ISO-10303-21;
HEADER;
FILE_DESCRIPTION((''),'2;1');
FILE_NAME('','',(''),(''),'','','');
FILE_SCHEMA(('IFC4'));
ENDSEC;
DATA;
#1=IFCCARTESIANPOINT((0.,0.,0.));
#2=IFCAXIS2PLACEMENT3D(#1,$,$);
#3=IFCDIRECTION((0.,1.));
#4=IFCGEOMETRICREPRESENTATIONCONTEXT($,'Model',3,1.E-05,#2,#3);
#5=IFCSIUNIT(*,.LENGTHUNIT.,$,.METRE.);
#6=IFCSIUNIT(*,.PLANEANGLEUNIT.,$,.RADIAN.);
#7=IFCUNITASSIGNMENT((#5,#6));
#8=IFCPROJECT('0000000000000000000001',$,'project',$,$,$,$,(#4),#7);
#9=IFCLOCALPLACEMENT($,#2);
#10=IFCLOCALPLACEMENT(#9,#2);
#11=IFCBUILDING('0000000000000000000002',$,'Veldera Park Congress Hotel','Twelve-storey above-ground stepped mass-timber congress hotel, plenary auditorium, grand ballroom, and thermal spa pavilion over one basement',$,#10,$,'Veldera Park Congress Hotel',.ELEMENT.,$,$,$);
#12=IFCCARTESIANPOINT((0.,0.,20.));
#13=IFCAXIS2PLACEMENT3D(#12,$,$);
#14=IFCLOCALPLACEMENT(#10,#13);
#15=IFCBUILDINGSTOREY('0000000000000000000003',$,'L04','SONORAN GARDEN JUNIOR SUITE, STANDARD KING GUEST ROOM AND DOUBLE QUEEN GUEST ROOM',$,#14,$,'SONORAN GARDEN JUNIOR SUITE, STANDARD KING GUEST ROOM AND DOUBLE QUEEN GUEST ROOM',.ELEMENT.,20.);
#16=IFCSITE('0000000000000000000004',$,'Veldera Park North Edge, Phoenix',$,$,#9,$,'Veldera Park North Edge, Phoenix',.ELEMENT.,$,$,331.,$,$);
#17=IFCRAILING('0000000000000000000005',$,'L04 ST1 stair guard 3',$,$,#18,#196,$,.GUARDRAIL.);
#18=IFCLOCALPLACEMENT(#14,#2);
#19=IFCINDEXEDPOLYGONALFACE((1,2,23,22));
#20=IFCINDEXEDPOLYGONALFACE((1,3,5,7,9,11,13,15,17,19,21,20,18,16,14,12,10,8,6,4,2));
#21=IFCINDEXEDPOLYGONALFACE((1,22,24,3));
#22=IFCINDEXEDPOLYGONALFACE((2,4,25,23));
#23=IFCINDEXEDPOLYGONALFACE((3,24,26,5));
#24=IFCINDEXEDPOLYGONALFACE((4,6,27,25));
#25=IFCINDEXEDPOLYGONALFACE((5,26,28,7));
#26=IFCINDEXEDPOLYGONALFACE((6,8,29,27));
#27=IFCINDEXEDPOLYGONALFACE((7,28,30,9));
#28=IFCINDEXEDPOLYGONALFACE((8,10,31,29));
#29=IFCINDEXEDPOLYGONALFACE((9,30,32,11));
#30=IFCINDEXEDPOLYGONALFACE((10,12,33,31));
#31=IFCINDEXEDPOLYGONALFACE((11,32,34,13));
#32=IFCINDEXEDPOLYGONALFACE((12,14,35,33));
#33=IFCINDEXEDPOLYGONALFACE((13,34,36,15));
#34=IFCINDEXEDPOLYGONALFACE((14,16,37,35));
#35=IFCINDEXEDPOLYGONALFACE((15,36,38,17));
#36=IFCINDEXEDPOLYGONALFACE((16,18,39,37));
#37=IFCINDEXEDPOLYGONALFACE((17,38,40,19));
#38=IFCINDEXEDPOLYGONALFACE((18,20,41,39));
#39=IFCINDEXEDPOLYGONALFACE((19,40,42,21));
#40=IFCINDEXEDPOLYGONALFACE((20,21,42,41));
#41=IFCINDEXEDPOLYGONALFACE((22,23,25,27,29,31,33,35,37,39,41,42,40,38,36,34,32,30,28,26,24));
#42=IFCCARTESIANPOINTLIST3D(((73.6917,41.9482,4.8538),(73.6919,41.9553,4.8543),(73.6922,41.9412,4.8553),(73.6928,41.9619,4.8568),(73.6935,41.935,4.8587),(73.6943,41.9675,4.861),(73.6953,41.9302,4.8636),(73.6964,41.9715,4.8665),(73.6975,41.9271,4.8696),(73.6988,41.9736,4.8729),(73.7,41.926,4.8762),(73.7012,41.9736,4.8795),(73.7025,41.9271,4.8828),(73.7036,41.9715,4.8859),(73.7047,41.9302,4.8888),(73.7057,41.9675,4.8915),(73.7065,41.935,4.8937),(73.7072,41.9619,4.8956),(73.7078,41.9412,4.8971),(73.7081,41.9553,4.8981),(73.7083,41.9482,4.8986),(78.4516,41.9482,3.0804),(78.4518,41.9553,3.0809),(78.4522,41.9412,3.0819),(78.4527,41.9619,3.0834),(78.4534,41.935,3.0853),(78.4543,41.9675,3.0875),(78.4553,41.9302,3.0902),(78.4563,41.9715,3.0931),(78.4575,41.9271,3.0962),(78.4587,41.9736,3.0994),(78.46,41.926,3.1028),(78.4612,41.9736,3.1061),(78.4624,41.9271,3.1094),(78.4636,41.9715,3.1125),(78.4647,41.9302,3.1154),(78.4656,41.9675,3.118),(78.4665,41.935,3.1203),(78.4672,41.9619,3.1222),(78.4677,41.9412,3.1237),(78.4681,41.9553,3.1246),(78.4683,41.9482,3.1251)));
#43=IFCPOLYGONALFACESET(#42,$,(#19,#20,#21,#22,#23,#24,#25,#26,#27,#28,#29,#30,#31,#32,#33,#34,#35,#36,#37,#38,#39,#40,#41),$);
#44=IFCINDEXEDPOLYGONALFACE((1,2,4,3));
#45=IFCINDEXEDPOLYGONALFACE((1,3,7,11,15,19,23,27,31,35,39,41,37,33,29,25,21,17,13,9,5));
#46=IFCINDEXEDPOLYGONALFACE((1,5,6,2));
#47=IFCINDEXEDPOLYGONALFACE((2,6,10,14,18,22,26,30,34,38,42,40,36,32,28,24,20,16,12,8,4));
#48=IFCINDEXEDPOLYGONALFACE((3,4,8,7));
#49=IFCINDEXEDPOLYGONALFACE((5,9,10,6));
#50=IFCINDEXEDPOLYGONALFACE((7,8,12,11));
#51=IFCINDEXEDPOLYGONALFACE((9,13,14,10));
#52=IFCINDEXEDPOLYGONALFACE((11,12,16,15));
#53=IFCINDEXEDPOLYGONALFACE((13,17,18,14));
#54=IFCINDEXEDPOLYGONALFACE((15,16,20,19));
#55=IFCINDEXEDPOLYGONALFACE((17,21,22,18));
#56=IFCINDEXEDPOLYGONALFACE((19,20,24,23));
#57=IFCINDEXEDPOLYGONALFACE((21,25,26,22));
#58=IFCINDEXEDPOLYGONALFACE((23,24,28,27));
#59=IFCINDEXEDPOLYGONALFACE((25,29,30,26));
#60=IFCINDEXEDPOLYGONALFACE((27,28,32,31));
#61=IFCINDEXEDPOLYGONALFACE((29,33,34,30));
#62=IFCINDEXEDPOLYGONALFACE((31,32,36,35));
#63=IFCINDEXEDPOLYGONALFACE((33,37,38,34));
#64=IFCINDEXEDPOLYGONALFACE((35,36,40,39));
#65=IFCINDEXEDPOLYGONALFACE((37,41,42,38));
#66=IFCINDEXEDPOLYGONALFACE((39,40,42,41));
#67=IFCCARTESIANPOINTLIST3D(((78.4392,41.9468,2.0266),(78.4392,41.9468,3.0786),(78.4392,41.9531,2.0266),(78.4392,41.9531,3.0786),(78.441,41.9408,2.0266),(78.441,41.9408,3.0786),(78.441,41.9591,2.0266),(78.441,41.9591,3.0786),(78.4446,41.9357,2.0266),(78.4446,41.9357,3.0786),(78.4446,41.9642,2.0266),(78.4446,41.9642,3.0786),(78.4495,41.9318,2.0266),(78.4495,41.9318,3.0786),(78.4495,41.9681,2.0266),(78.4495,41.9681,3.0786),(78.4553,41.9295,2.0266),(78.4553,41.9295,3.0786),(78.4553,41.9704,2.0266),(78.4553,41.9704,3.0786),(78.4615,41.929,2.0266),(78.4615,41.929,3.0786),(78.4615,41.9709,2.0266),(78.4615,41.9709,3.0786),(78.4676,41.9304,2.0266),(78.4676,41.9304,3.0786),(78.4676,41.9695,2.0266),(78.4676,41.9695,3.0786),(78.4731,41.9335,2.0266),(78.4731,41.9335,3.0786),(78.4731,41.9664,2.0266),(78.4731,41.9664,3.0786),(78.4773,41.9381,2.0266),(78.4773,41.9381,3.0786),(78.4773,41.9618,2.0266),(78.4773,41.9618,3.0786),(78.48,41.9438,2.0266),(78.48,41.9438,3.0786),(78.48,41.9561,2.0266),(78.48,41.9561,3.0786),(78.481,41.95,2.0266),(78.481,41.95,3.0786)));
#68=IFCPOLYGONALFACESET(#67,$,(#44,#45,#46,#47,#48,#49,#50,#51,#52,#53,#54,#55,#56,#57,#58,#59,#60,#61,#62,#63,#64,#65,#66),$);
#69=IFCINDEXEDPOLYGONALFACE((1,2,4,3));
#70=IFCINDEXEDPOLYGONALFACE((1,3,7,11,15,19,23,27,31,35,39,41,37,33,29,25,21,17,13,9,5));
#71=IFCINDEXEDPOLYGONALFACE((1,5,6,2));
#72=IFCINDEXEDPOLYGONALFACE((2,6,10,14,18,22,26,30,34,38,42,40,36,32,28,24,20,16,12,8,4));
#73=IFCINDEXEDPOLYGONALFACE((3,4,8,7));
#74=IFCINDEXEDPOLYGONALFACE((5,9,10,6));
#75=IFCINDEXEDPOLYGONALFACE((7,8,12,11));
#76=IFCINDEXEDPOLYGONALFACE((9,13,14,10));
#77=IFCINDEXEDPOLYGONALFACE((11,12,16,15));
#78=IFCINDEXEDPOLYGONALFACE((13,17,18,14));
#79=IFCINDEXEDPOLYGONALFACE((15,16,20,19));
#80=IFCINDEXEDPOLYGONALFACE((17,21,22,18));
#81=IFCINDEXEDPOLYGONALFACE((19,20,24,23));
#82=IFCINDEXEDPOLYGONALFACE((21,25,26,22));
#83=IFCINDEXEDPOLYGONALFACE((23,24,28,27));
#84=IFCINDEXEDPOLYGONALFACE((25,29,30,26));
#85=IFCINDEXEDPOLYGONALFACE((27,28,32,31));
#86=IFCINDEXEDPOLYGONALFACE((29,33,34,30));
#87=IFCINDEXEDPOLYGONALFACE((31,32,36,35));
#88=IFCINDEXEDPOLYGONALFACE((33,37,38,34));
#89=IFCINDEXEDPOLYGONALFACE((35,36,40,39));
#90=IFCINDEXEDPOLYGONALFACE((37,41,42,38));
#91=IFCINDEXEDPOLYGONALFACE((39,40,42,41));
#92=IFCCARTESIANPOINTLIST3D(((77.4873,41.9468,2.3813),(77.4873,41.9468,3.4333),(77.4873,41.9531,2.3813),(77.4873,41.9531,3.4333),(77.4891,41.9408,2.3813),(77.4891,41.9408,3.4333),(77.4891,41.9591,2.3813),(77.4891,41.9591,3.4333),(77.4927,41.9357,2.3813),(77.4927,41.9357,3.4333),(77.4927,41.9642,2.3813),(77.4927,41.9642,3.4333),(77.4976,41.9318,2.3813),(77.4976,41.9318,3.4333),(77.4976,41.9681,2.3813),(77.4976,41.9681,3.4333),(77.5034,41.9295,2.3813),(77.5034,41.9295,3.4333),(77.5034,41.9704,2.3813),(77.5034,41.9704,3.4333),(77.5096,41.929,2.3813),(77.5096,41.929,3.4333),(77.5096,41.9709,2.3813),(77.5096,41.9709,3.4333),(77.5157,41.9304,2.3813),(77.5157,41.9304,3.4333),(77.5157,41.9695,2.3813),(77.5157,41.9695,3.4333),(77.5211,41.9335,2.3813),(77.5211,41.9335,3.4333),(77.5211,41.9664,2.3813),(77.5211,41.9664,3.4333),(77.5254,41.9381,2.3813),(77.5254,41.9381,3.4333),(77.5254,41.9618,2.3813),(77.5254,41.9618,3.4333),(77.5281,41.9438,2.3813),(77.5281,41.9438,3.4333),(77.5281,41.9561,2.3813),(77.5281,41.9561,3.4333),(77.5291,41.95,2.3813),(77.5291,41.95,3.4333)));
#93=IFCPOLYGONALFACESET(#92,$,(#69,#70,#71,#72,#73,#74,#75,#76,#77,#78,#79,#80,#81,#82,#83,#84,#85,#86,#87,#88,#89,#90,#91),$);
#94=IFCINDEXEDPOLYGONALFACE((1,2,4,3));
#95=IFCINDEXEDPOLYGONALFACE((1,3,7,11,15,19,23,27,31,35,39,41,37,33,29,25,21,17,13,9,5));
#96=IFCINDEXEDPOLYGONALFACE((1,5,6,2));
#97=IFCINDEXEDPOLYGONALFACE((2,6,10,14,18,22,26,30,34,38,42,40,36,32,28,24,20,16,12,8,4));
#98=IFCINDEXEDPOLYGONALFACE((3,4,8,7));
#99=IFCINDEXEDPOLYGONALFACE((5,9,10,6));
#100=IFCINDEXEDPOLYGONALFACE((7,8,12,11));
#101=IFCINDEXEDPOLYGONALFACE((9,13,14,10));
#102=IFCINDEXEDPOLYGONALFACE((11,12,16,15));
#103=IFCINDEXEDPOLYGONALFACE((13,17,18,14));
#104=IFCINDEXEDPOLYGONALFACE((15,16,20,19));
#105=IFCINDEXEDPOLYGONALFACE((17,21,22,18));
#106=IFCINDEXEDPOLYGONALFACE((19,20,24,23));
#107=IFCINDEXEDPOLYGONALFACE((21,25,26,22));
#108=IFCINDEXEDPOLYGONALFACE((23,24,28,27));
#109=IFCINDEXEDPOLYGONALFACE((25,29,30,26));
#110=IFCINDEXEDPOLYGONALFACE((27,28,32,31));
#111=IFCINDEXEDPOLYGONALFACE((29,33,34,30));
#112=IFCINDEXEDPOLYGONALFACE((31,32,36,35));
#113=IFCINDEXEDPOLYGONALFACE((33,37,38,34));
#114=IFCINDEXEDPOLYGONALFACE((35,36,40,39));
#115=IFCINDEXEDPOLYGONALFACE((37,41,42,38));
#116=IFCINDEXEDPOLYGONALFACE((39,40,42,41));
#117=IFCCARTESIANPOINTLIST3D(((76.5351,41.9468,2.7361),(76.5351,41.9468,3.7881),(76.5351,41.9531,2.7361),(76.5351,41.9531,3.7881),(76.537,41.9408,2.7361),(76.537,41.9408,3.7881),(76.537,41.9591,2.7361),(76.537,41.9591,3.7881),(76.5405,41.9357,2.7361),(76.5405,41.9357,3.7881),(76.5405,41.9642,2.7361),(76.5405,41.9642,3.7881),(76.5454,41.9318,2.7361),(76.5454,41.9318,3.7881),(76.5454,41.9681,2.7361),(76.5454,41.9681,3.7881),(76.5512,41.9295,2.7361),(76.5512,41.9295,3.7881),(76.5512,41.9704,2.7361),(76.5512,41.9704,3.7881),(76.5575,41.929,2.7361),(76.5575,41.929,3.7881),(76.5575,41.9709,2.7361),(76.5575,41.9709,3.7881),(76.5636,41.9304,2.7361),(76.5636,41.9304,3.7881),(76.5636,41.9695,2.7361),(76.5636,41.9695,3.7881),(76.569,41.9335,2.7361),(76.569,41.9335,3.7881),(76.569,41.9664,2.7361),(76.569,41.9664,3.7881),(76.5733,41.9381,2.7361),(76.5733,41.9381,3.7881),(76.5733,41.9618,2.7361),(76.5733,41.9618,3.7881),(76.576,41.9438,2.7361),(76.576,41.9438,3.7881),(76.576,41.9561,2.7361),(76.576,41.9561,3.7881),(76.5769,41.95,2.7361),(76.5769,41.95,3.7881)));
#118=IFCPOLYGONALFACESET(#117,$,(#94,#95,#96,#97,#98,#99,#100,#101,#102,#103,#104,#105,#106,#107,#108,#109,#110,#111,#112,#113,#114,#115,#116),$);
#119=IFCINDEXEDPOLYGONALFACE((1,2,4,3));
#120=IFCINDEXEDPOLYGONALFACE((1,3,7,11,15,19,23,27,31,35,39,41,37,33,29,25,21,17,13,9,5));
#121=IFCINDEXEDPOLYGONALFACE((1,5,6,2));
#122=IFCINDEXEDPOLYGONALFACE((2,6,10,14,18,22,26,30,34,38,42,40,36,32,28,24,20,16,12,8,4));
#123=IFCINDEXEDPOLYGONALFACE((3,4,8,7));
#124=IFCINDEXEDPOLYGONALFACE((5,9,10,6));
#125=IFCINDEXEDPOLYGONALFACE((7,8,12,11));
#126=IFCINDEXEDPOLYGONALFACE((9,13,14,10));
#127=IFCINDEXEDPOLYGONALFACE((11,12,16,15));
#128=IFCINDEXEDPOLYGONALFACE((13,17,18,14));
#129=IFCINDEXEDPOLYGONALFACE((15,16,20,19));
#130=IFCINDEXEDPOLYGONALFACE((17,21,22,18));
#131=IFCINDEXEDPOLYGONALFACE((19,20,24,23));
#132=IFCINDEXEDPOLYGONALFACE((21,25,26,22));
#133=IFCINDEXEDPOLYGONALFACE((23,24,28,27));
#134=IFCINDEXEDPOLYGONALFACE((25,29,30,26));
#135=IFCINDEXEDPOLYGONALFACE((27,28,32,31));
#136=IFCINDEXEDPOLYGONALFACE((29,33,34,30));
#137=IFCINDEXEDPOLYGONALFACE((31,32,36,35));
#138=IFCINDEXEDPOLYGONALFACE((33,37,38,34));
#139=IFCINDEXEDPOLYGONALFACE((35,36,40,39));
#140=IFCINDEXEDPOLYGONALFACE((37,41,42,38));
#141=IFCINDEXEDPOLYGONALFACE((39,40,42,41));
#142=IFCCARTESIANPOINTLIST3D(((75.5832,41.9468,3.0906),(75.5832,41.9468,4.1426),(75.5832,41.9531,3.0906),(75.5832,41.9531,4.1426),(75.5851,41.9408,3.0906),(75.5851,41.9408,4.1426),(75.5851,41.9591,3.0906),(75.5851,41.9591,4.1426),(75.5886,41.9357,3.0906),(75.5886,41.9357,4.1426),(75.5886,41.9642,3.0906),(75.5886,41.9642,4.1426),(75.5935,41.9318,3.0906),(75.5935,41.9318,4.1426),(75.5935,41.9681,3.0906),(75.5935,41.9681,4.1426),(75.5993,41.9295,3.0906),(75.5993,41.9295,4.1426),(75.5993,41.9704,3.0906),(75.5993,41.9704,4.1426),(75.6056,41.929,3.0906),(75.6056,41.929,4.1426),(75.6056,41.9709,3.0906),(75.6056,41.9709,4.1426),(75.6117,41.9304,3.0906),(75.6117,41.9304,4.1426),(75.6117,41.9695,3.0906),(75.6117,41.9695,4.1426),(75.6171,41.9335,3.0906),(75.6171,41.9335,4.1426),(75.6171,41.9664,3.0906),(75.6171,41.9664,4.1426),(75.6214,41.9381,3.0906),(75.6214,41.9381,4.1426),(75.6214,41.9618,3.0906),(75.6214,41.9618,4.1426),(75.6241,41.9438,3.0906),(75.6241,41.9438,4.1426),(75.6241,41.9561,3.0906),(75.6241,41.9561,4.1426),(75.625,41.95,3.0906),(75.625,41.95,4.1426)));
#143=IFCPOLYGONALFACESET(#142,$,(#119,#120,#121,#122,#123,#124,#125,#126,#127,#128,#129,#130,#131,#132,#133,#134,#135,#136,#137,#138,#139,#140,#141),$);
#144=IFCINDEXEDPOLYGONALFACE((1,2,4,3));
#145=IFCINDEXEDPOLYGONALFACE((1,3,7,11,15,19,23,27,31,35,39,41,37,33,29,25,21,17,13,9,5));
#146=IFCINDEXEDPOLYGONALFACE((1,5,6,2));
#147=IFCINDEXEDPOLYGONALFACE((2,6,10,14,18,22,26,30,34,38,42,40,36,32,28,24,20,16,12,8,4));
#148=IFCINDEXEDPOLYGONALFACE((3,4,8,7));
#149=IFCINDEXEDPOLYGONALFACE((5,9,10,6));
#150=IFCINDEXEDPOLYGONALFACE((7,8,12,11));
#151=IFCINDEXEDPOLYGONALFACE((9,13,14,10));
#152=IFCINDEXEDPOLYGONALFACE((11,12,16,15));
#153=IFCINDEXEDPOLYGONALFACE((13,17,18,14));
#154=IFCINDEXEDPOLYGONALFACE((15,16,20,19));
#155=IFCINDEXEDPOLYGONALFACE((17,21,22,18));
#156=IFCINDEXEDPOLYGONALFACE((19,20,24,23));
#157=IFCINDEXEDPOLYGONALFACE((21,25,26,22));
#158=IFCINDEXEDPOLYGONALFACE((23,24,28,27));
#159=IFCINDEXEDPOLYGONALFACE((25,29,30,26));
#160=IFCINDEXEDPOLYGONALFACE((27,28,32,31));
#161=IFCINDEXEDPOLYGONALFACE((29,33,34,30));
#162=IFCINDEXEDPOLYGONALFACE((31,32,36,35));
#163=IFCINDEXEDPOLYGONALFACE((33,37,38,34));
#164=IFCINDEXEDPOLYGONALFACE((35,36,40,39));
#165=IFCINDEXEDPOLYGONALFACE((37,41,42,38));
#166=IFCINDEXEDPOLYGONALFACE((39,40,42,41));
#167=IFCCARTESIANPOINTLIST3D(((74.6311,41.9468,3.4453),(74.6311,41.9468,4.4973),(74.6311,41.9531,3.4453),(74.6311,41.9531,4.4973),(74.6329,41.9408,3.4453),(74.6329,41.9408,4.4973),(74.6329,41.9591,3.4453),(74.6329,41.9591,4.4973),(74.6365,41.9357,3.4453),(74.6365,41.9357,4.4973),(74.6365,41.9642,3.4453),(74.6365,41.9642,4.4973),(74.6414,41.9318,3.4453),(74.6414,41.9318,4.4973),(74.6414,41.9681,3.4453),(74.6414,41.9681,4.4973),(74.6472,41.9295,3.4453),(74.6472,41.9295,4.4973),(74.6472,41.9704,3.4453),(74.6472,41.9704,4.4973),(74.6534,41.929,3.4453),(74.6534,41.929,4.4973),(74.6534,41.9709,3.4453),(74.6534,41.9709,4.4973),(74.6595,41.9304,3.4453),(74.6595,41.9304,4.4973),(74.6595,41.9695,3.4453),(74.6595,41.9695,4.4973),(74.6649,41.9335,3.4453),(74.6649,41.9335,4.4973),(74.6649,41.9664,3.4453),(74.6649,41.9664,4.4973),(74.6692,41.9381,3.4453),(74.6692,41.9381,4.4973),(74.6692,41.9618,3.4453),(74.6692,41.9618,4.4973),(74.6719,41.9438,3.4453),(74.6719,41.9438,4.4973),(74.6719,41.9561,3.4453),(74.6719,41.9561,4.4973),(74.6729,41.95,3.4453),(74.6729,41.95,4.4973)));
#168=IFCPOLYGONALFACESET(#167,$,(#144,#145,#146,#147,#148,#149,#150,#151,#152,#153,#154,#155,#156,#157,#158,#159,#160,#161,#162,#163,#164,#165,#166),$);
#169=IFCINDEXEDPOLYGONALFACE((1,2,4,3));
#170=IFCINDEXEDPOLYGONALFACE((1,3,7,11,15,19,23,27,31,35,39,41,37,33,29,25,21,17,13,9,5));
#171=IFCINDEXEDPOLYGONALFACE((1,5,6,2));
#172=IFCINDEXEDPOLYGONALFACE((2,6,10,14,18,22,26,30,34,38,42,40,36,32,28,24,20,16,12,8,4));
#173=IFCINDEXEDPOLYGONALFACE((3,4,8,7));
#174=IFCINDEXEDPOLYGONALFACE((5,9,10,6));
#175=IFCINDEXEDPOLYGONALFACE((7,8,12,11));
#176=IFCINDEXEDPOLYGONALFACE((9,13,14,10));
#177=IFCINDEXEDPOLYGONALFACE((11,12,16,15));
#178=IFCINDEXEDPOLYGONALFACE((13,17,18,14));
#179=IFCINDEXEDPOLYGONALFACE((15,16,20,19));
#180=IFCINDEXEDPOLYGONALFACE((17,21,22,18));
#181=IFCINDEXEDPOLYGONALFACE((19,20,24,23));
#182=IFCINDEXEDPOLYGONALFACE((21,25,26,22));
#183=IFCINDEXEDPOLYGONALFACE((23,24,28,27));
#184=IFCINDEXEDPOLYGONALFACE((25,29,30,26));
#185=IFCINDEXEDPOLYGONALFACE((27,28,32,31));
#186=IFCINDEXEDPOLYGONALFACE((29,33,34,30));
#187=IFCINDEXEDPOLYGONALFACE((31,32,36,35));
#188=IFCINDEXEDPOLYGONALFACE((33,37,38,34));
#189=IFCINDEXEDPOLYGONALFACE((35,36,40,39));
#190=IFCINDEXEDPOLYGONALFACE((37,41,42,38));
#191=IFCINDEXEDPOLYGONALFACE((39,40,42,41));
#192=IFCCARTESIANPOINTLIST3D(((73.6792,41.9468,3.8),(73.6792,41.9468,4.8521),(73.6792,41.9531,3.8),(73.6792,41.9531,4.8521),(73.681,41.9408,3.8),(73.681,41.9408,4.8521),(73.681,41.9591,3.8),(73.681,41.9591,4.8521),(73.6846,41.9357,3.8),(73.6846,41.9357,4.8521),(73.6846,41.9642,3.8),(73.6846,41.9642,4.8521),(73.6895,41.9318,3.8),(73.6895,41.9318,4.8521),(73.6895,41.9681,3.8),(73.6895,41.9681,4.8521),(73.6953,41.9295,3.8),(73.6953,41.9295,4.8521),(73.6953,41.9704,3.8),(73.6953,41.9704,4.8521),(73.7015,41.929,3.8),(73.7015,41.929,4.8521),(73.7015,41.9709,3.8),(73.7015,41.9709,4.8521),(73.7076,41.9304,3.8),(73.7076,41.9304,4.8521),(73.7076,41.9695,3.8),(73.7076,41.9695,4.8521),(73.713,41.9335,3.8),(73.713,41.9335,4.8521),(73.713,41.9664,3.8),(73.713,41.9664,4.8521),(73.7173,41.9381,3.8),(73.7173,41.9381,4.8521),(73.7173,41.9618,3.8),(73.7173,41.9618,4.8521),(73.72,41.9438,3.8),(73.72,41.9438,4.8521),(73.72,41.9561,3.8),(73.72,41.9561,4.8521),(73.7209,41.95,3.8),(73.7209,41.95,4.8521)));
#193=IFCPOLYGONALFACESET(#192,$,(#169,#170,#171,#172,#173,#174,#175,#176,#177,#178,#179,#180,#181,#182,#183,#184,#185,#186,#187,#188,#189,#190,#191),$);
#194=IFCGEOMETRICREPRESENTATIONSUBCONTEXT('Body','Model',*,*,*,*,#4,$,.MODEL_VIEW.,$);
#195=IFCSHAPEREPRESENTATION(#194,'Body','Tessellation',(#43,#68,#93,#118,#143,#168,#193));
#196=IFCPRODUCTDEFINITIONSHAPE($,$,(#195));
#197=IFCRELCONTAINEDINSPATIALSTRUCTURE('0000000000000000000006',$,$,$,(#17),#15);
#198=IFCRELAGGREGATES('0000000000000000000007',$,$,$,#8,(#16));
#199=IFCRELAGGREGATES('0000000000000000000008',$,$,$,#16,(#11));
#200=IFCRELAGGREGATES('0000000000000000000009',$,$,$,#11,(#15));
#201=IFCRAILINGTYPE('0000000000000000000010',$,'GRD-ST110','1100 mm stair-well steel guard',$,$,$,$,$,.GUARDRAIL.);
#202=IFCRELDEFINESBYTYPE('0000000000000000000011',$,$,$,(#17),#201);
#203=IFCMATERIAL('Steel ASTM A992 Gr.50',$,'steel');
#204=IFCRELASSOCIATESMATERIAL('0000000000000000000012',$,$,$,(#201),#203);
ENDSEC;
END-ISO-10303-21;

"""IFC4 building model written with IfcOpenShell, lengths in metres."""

from ifc_helpers import new_model, si_unit, direction, frame, origin, origin_2d, place, context, subcontext, project, spatial, circle, extrude, material, type_object, element, save


model = new_model("IFC4")

# Units and contexts
model_context = context("Model", 3, precision=1e-05, world=origin(), true_north=direction((0.0, 1.0)))
body_context = subcontext(model_context, "Body", "Model", "MODEL_VIEW")
ifc_project = project(units=[si_unit("LENGTHUNIT", "METRE"), si_unit("PLANEANGLEUNIT", "RADIAN")], contexts=[model_context])

# Site, building, storey
site_placement = place(None, origin())
site = spatial("IfcSite", under=ifc_project, at=site_placement, Name="Veldera Park North Edge, Phoenix", LongName="Veldera Park North Edge, Phoenix", CompositionType="ELEMENT", RefElevation=331.0)
building_placement = place(site_placement, origin())
building = spatial("IfcBuilding", under=site, at=building_placement, Name="Veldera Park Congress Hotel", Description="Twelve-storey above-ground stepped mass-timber congress hotel, plenary auditorium, grand ballroom, and thermal spa pavilion over one basement", LongName="Veldera Park Congress Hotel", CompositionType="ELEMENT")
storey_placement = place(building_placement, frame((0.0, 0.0, 20.0)))
storey = spatial("IfcBuildingStorey", under=building, at=storey_placement, Name="L04", Description="SONORAN GARDEN JUNIOR SUITE, STANDARD KING GUEST ROOM AND DOUBLE QUEEN GUEST ROOM", LongName="SONORAN GARDEN JUNIOR SUITE, STANDARD KING GUEST ROOM AND DOUBLE QUEEN GUEST ROOM", CompositionType="ELEMENT", Elevation=20.0)

# Railing
ifc_material_1 = material(Name="Steel ASTM A992 Gr.50", Category="steel")
railing_type_1 = type_object("IfcRailingType", Name="GRD-ST110", Description="1100 mm stair-well steel guard", PredefinedType="GUARDRAIL", material=ifc_material_1)
railing_1_placement = place(storey_placement, frame((78.46, 41.95, 2.0266)))
element("IfcRailing", 1, at=railing_1_placement, inside=storey, type_object=railing_type_1, Name="L04 ST1 stair guard 3", PredefinedType="GUARDRAIL", context=body_context, shape_type="SweptSolid", body=[
    extrude(circle(Radius=0.0239, at=origin_2d()), frame((0.0, 0.0, 1.0762), z_axis=(-0.937076, 0.0, 0.349126), x_axis=(0.0, -1.0, 0.0)), (0.0, 0.0, 1.0), 5.0796),
    extrude(circle(Radius=0.021, at=origin_2d()), origin(), (0.0, 0.0, 1.0), 1.052),
    extrude(circle(Radius=0.021, at=origin_2d()), frame((-0.9519, 0.0, 0.3547)), (0.0, 0.0, 1.0), 1.052),
    extrude(circle(Radius=0.021, at=origin_2d()), frame((-1.9041, 0.0, 0.7095)), (0.0, 0.0, 1.0), 1.052),
    extrude(circle(Radius=0.021, at=origin_2d()), frame((-2.856, 0.0, 1.064)), (0.0, 0.0, 1.0), 1.052),
    extrude(circle(Radius=0.021, at=origin_2d()), frame((-3.8081, 0.0, 1.4187)), (0.0, 0.0, 1.0), 1.052),
    extrude(circle(Radius=0.021, at=origin_2d()), frame((-4.76, 0.0, 1.7734)), (0.0, 0.0, 1.0), 1.052),
])

save(model, "model.ifc")
